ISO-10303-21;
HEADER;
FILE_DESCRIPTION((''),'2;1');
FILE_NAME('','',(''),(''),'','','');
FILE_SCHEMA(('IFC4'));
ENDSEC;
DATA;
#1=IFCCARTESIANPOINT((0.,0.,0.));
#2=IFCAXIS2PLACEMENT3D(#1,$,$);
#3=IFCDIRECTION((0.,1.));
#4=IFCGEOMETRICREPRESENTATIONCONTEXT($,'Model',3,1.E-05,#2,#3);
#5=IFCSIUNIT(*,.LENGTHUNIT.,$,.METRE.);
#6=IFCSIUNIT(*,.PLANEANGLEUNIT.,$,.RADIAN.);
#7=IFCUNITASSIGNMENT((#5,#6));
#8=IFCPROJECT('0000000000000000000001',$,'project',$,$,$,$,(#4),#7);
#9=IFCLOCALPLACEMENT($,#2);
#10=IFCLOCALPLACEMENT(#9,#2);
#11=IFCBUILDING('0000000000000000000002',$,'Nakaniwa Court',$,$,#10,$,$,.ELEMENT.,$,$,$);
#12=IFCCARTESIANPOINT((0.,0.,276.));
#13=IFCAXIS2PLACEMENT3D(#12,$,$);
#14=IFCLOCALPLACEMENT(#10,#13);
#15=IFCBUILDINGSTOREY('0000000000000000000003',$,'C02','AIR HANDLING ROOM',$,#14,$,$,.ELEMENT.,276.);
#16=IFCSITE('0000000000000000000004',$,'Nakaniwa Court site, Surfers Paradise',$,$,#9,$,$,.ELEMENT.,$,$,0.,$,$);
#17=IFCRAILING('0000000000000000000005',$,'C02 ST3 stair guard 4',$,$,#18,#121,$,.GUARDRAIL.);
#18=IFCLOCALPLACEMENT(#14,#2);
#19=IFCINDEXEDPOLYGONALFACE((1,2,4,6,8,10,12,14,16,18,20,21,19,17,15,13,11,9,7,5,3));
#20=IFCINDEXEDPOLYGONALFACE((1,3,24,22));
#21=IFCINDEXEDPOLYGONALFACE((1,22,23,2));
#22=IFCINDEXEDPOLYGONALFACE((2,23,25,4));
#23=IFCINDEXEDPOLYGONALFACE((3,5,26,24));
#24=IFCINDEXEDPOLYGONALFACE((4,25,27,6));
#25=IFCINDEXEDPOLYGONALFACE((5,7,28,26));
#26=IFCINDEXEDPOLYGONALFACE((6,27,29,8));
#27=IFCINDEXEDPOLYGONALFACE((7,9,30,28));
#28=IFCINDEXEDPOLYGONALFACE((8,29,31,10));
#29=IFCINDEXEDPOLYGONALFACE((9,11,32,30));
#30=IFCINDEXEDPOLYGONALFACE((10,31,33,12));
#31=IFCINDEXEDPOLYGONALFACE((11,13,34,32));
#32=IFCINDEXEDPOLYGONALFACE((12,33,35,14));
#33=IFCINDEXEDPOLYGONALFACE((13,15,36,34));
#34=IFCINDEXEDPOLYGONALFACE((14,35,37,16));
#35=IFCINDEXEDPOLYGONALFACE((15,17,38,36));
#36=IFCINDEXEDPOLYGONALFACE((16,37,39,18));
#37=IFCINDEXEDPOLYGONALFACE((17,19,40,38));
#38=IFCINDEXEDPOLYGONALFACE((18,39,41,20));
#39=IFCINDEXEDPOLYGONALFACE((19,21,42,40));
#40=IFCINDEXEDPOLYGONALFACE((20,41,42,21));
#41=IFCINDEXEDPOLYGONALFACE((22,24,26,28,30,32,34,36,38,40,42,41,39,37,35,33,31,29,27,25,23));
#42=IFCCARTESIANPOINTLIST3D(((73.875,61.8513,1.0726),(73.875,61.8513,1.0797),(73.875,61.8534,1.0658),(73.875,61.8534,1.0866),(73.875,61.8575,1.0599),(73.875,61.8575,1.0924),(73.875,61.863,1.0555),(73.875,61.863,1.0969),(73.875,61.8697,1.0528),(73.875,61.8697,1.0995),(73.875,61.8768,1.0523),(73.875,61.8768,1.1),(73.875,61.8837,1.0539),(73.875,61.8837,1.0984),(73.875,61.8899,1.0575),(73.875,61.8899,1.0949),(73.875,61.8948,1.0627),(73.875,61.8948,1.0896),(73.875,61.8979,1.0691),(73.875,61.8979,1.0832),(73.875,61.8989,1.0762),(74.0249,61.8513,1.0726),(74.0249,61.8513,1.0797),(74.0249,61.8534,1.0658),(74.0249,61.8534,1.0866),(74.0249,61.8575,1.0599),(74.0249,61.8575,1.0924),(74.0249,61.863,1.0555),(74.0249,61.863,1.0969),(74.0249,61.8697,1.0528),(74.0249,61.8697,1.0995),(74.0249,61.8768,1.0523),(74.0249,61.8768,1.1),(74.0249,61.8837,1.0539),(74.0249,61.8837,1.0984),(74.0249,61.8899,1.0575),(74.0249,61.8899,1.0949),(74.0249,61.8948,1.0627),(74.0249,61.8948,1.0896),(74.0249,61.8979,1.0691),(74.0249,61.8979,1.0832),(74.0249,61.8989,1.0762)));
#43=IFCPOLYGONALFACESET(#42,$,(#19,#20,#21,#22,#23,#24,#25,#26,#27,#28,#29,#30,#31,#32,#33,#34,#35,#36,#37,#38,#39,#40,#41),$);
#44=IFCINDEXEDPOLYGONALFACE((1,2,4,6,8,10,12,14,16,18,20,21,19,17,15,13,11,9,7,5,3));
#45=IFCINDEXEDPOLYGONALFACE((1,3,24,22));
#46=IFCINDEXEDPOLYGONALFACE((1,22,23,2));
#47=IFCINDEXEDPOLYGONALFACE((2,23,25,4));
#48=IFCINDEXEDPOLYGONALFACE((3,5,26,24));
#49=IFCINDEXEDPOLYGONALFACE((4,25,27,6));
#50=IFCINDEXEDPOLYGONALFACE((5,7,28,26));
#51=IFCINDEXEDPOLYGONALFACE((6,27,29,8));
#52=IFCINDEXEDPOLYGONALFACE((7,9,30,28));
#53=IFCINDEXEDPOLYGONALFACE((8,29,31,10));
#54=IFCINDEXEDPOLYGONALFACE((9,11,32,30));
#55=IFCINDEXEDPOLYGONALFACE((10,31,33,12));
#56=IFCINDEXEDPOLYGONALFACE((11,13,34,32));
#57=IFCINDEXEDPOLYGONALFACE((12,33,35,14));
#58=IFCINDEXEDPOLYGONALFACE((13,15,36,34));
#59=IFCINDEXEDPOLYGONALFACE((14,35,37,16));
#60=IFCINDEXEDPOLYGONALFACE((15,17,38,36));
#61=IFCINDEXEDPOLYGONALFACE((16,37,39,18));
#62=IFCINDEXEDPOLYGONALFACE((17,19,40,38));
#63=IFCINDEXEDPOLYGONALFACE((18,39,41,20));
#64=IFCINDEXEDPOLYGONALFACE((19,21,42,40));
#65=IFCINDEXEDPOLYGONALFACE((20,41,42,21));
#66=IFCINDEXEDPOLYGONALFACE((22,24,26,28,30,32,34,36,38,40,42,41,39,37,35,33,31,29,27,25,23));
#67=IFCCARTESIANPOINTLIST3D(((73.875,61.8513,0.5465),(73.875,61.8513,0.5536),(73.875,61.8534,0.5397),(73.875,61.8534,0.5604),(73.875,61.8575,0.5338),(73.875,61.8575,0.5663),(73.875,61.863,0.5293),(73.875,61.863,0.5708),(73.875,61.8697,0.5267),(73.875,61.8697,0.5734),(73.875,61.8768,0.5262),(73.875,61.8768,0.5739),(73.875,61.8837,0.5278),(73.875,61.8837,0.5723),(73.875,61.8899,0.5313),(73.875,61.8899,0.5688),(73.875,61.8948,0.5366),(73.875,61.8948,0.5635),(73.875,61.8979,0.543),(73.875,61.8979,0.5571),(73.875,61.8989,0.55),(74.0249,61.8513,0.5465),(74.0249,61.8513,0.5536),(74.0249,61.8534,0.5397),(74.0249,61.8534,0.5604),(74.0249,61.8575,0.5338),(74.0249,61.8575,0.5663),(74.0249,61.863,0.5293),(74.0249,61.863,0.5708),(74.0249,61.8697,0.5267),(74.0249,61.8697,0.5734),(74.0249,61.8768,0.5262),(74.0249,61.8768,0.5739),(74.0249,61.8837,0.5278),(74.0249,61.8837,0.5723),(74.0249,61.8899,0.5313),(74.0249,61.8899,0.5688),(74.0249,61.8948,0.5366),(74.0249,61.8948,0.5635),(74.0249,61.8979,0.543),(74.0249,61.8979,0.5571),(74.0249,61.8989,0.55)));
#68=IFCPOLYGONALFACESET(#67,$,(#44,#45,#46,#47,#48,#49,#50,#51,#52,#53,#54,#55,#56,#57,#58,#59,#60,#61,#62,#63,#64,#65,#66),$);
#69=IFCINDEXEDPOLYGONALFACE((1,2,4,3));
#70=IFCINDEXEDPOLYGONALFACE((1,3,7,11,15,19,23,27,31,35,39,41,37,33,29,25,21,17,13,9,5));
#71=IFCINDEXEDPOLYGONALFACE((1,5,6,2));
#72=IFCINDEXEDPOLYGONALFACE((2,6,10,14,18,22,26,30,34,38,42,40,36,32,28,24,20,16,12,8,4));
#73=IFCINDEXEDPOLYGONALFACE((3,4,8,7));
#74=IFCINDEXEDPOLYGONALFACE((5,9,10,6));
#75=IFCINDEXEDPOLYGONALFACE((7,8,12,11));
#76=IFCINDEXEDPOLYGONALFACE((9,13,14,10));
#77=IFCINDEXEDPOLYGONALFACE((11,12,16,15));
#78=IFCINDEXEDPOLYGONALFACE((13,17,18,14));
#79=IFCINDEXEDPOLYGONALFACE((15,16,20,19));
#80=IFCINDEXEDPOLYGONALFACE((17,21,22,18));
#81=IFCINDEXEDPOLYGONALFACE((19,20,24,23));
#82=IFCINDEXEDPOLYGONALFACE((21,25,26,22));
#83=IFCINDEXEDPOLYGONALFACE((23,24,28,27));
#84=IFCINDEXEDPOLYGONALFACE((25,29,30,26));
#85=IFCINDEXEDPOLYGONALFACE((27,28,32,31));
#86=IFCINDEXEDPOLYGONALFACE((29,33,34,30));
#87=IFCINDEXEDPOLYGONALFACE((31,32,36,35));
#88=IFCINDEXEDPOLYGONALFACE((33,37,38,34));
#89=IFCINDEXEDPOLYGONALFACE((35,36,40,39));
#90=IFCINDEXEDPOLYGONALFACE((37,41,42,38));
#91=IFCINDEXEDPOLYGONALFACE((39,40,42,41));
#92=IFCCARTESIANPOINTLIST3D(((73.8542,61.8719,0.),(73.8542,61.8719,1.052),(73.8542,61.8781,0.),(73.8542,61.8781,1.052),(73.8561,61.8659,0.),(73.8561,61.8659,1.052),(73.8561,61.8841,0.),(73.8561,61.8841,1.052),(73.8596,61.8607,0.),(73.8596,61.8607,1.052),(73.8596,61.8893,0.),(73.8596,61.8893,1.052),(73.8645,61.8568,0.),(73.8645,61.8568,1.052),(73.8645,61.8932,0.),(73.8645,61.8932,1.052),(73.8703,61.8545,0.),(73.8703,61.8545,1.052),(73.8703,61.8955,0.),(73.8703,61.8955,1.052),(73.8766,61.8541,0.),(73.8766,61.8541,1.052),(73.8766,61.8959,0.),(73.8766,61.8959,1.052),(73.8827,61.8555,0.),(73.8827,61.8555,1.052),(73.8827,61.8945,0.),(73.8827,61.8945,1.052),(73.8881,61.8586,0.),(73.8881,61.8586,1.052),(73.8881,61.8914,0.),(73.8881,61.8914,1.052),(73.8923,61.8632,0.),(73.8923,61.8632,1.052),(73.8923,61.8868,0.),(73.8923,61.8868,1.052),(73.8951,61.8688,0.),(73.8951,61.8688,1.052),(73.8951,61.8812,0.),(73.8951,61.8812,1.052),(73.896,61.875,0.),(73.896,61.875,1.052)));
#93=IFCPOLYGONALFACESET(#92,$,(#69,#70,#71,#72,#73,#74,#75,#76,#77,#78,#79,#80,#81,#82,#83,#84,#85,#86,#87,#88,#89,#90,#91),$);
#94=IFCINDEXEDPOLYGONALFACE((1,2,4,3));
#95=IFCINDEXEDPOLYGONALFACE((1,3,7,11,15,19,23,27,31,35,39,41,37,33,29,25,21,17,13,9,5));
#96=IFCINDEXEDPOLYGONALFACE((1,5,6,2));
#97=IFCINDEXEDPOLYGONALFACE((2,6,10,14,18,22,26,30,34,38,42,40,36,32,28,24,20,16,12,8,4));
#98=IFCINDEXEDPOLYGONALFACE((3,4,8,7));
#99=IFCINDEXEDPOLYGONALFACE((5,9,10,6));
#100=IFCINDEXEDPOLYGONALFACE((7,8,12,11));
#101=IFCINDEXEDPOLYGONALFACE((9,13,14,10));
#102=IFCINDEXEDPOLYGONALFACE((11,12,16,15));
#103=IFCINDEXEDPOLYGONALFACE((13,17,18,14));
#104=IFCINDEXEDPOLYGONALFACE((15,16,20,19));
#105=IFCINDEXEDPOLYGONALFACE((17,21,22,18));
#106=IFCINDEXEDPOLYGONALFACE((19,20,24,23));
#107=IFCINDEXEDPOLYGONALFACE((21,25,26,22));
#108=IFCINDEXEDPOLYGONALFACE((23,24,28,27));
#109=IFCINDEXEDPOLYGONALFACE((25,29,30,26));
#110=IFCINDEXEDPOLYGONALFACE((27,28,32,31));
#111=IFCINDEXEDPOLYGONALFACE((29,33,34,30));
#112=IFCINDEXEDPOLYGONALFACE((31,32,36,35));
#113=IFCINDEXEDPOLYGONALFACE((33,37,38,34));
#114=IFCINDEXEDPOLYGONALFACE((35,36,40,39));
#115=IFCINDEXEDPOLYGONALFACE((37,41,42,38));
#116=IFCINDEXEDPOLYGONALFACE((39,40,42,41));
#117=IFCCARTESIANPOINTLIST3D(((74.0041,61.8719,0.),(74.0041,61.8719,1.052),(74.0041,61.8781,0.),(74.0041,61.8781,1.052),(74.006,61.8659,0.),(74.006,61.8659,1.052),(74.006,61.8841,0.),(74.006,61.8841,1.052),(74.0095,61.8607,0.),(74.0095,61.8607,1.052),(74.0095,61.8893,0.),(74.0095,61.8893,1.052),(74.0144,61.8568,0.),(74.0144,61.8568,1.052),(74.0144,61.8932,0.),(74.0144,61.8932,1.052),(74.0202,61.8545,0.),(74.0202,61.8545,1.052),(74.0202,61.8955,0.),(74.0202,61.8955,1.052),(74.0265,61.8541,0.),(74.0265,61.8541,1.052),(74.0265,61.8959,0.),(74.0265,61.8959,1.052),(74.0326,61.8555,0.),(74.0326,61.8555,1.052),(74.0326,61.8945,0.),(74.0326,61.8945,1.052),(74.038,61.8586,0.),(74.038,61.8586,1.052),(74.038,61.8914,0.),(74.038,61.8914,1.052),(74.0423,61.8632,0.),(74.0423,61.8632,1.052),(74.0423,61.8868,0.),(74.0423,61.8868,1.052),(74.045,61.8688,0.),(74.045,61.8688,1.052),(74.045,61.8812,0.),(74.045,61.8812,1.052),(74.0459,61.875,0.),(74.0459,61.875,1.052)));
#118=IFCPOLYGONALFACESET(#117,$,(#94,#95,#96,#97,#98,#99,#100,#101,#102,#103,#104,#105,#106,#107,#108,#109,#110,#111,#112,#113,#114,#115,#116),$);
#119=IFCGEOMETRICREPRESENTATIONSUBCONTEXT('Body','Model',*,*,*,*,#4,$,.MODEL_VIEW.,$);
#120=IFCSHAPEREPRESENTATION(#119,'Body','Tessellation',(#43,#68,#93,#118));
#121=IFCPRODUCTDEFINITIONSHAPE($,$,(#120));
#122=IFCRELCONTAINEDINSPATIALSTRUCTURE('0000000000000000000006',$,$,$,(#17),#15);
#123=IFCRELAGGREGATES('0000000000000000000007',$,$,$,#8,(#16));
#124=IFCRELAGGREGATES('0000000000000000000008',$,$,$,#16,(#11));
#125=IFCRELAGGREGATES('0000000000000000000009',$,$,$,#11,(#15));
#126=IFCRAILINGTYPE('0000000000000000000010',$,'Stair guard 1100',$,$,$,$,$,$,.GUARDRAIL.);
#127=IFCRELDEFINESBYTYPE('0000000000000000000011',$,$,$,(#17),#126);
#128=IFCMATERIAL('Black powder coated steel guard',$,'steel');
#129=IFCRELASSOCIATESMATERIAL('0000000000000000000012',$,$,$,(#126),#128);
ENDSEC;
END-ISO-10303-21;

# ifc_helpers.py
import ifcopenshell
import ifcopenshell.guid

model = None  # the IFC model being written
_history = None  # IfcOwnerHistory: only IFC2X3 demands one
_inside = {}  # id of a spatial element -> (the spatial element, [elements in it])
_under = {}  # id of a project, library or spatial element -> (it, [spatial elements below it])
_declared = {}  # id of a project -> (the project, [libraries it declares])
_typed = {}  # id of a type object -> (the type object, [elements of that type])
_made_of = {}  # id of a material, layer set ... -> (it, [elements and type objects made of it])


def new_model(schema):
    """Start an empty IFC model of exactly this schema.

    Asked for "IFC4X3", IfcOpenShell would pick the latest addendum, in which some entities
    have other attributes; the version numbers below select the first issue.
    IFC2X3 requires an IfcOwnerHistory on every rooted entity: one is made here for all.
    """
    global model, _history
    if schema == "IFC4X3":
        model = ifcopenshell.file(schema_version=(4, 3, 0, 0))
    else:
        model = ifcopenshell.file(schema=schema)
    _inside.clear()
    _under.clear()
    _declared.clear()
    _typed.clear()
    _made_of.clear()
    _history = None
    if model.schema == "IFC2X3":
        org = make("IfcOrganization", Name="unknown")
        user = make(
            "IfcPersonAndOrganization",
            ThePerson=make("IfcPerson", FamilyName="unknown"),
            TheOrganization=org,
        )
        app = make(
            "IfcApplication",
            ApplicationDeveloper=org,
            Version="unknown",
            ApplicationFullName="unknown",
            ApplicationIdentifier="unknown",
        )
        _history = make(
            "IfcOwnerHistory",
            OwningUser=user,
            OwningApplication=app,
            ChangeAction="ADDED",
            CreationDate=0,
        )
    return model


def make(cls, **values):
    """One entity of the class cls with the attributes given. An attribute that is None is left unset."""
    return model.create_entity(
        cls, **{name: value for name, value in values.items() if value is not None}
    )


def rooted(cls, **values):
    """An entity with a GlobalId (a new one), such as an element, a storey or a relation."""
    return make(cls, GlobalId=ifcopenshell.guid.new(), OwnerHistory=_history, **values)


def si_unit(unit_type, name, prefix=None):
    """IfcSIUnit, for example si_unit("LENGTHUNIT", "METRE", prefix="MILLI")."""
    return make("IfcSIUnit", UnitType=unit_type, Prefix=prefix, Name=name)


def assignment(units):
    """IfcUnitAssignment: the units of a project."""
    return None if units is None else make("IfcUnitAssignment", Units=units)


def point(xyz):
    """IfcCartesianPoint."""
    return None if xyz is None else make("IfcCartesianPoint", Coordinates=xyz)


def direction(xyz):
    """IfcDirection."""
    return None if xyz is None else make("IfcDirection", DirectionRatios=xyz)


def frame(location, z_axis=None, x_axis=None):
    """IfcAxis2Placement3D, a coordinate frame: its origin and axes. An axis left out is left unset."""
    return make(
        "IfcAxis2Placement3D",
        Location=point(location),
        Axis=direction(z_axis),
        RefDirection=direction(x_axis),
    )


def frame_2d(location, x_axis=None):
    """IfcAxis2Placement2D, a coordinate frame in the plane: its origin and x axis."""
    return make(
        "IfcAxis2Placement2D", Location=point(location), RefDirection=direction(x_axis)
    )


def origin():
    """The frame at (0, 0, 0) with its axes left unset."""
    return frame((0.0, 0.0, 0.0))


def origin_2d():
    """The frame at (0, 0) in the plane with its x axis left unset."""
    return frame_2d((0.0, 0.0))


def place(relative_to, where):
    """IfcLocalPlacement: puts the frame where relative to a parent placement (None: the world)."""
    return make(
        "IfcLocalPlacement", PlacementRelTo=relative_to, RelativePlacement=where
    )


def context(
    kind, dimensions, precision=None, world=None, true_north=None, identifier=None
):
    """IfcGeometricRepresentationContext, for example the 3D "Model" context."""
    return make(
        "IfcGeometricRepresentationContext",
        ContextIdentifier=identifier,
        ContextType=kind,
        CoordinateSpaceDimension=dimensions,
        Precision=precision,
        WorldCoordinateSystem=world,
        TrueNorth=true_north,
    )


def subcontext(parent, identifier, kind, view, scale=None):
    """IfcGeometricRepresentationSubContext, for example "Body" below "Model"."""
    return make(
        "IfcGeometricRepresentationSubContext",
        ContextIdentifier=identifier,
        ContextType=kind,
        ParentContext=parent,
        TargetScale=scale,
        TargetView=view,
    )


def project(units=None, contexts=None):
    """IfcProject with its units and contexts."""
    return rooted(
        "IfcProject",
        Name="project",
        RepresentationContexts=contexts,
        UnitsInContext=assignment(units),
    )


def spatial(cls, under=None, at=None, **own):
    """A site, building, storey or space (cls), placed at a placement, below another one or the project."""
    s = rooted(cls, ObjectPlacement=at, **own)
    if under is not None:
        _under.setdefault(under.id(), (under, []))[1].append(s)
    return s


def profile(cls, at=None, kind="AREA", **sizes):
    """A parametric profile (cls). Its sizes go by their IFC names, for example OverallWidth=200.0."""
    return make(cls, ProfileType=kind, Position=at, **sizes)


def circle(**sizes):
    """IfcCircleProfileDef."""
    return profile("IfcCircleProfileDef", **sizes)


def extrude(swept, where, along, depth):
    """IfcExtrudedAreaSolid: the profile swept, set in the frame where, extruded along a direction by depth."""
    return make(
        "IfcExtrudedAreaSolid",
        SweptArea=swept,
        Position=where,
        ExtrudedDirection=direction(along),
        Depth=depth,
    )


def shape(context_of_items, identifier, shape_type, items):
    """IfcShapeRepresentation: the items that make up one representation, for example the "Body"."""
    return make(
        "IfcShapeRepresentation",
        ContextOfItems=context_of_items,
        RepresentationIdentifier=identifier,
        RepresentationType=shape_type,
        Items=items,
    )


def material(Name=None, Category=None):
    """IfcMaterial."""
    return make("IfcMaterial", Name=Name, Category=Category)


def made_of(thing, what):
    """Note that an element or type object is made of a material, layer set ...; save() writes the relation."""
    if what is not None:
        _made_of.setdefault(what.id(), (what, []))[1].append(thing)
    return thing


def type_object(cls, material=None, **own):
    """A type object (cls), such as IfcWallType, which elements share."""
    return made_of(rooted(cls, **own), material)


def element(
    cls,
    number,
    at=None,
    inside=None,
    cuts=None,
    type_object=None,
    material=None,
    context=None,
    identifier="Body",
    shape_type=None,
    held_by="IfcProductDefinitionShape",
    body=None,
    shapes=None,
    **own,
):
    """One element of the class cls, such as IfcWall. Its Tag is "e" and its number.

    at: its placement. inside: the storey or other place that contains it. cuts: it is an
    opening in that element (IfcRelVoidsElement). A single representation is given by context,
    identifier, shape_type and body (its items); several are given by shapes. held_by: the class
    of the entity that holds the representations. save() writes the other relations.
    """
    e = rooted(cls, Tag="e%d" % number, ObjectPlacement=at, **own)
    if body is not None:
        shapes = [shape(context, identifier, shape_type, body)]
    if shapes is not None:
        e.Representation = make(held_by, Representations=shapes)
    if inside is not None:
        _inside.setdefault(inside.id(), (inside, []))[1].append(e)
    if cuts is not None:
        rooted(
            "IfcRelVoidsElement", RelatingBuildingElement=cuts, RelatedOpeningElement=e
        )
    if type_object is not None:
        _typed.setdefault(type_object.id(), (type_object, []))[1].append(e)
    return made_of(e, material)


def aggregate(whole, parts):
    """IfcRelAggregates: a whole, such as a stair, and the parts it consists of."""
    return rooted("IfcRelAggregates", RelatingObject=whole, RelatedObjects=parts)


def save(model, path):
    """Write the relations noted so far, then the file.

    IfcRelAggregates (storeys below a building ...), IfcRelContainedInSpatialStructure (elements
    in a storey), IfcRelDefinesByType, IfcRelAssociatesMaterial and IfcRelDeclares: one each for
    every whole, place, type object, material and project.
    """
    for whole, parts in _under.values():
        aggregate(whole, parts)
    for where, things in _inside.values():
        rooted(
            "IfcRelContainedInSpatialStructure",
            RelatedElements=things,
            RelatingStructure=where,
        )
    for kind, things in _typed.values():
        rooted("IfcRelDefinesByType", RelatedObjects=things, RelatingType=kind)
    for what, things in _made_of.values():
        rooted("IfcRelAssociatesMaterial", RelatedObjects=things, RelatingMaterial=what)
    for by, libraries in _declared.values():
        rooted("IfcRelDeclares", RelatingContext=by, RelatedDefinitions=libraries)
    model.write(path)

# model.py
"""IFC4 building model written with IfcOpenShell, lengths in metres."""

from ifc_helpers import new_model, si_unit, direction, frame, origin, origin_2d, place, context, subcontext, project, spatial, circle, extrude, material, type_object, element, save


model = new_model("IFC4")

# Units and contexts
model_context = context("Model", 3, precision=1e-05, world=origin(), true_north=direction((0.0, 1.0)))
body_context = subcontext(model_context, "Body", "Model", "MODEL_VIEW")
ifc_project = project(units=[si_unit("LENGTHUNIT", "METRE"), si_unit("PLANEANGLEUNIT", "RADIAN")], contexts=[model_context])

# Site, building, storey
site_placement = place(None, origin())
site = spatial("IfcSite", under=ifc_project, at=site_placement, Name="Nakaniwa Court site, Surfers Paradise", CompositionType="ELEMENT", RefElevation=0.0)
building_placement = place(site_placement, origin())
building = spatial("IfcBuilding", under=site, at=building_placement, Name="Nakaniwa Court", CompositionType="ELEMENT")
storey_placement = place(building_placement, frame((0.0, 0.0, 276.0)))
storey = spatial("IfcBuildingStorey", under=building, at=storey_placement, Name="C02", Description="AIR HANDLING ROOM", CompositionType="ELEMENT", Elevation=276.0)

# Railing
ifc_material_1 = material(Name="Black powder coated steel guard", Category="steel")
railing_type = type_object("IfcRailingType", Name="Stair guard 1100", PredefinedType="GUARDRAIL", material=ifc_material_1)
railing_1_placement = place(storey_placement, frame((73.875, 61.875, 0.0)))
element("IfcRailing", 1, at=railing_1_placement, inside=storey, type_object=railing_type, Name="C02 ST3 stair guard 4", PredefinedType="GUARDRAIL", context=body_context, shape_type="SweptSolid", body=[
    extrude(circle(Radius=0.0239, at=origin_2d()), frame((0.0, 0.0, 1.0762), z_axis=(1.0, 0.0, 0.0), x_axis=(0.0, 1.0, 0.0)), (0.0, 0.0, 1.0), 0.1499),
    extrude(circle(Radius=0.0239, at=origin_2d()), frame((0.0, 0.0, 0.55), z_axis=(1.0, 0.0, 0.0), x_axis=(0.0, 1.0, 0.0)), (0.0, 0.0, 1.0), 0.1499),
    extrude(circle(Radius=0.021, at=origin_2d()), origin(), (0.0, 0.0, 1.0), 1.052),
    extrude(circle(Radius=0.021, at=origin_2d()), frame((0.1499, 0.0, 0.0)), (0.0, 0.0, 1.0), 1.052),
])

save(model, "model.ifc")
